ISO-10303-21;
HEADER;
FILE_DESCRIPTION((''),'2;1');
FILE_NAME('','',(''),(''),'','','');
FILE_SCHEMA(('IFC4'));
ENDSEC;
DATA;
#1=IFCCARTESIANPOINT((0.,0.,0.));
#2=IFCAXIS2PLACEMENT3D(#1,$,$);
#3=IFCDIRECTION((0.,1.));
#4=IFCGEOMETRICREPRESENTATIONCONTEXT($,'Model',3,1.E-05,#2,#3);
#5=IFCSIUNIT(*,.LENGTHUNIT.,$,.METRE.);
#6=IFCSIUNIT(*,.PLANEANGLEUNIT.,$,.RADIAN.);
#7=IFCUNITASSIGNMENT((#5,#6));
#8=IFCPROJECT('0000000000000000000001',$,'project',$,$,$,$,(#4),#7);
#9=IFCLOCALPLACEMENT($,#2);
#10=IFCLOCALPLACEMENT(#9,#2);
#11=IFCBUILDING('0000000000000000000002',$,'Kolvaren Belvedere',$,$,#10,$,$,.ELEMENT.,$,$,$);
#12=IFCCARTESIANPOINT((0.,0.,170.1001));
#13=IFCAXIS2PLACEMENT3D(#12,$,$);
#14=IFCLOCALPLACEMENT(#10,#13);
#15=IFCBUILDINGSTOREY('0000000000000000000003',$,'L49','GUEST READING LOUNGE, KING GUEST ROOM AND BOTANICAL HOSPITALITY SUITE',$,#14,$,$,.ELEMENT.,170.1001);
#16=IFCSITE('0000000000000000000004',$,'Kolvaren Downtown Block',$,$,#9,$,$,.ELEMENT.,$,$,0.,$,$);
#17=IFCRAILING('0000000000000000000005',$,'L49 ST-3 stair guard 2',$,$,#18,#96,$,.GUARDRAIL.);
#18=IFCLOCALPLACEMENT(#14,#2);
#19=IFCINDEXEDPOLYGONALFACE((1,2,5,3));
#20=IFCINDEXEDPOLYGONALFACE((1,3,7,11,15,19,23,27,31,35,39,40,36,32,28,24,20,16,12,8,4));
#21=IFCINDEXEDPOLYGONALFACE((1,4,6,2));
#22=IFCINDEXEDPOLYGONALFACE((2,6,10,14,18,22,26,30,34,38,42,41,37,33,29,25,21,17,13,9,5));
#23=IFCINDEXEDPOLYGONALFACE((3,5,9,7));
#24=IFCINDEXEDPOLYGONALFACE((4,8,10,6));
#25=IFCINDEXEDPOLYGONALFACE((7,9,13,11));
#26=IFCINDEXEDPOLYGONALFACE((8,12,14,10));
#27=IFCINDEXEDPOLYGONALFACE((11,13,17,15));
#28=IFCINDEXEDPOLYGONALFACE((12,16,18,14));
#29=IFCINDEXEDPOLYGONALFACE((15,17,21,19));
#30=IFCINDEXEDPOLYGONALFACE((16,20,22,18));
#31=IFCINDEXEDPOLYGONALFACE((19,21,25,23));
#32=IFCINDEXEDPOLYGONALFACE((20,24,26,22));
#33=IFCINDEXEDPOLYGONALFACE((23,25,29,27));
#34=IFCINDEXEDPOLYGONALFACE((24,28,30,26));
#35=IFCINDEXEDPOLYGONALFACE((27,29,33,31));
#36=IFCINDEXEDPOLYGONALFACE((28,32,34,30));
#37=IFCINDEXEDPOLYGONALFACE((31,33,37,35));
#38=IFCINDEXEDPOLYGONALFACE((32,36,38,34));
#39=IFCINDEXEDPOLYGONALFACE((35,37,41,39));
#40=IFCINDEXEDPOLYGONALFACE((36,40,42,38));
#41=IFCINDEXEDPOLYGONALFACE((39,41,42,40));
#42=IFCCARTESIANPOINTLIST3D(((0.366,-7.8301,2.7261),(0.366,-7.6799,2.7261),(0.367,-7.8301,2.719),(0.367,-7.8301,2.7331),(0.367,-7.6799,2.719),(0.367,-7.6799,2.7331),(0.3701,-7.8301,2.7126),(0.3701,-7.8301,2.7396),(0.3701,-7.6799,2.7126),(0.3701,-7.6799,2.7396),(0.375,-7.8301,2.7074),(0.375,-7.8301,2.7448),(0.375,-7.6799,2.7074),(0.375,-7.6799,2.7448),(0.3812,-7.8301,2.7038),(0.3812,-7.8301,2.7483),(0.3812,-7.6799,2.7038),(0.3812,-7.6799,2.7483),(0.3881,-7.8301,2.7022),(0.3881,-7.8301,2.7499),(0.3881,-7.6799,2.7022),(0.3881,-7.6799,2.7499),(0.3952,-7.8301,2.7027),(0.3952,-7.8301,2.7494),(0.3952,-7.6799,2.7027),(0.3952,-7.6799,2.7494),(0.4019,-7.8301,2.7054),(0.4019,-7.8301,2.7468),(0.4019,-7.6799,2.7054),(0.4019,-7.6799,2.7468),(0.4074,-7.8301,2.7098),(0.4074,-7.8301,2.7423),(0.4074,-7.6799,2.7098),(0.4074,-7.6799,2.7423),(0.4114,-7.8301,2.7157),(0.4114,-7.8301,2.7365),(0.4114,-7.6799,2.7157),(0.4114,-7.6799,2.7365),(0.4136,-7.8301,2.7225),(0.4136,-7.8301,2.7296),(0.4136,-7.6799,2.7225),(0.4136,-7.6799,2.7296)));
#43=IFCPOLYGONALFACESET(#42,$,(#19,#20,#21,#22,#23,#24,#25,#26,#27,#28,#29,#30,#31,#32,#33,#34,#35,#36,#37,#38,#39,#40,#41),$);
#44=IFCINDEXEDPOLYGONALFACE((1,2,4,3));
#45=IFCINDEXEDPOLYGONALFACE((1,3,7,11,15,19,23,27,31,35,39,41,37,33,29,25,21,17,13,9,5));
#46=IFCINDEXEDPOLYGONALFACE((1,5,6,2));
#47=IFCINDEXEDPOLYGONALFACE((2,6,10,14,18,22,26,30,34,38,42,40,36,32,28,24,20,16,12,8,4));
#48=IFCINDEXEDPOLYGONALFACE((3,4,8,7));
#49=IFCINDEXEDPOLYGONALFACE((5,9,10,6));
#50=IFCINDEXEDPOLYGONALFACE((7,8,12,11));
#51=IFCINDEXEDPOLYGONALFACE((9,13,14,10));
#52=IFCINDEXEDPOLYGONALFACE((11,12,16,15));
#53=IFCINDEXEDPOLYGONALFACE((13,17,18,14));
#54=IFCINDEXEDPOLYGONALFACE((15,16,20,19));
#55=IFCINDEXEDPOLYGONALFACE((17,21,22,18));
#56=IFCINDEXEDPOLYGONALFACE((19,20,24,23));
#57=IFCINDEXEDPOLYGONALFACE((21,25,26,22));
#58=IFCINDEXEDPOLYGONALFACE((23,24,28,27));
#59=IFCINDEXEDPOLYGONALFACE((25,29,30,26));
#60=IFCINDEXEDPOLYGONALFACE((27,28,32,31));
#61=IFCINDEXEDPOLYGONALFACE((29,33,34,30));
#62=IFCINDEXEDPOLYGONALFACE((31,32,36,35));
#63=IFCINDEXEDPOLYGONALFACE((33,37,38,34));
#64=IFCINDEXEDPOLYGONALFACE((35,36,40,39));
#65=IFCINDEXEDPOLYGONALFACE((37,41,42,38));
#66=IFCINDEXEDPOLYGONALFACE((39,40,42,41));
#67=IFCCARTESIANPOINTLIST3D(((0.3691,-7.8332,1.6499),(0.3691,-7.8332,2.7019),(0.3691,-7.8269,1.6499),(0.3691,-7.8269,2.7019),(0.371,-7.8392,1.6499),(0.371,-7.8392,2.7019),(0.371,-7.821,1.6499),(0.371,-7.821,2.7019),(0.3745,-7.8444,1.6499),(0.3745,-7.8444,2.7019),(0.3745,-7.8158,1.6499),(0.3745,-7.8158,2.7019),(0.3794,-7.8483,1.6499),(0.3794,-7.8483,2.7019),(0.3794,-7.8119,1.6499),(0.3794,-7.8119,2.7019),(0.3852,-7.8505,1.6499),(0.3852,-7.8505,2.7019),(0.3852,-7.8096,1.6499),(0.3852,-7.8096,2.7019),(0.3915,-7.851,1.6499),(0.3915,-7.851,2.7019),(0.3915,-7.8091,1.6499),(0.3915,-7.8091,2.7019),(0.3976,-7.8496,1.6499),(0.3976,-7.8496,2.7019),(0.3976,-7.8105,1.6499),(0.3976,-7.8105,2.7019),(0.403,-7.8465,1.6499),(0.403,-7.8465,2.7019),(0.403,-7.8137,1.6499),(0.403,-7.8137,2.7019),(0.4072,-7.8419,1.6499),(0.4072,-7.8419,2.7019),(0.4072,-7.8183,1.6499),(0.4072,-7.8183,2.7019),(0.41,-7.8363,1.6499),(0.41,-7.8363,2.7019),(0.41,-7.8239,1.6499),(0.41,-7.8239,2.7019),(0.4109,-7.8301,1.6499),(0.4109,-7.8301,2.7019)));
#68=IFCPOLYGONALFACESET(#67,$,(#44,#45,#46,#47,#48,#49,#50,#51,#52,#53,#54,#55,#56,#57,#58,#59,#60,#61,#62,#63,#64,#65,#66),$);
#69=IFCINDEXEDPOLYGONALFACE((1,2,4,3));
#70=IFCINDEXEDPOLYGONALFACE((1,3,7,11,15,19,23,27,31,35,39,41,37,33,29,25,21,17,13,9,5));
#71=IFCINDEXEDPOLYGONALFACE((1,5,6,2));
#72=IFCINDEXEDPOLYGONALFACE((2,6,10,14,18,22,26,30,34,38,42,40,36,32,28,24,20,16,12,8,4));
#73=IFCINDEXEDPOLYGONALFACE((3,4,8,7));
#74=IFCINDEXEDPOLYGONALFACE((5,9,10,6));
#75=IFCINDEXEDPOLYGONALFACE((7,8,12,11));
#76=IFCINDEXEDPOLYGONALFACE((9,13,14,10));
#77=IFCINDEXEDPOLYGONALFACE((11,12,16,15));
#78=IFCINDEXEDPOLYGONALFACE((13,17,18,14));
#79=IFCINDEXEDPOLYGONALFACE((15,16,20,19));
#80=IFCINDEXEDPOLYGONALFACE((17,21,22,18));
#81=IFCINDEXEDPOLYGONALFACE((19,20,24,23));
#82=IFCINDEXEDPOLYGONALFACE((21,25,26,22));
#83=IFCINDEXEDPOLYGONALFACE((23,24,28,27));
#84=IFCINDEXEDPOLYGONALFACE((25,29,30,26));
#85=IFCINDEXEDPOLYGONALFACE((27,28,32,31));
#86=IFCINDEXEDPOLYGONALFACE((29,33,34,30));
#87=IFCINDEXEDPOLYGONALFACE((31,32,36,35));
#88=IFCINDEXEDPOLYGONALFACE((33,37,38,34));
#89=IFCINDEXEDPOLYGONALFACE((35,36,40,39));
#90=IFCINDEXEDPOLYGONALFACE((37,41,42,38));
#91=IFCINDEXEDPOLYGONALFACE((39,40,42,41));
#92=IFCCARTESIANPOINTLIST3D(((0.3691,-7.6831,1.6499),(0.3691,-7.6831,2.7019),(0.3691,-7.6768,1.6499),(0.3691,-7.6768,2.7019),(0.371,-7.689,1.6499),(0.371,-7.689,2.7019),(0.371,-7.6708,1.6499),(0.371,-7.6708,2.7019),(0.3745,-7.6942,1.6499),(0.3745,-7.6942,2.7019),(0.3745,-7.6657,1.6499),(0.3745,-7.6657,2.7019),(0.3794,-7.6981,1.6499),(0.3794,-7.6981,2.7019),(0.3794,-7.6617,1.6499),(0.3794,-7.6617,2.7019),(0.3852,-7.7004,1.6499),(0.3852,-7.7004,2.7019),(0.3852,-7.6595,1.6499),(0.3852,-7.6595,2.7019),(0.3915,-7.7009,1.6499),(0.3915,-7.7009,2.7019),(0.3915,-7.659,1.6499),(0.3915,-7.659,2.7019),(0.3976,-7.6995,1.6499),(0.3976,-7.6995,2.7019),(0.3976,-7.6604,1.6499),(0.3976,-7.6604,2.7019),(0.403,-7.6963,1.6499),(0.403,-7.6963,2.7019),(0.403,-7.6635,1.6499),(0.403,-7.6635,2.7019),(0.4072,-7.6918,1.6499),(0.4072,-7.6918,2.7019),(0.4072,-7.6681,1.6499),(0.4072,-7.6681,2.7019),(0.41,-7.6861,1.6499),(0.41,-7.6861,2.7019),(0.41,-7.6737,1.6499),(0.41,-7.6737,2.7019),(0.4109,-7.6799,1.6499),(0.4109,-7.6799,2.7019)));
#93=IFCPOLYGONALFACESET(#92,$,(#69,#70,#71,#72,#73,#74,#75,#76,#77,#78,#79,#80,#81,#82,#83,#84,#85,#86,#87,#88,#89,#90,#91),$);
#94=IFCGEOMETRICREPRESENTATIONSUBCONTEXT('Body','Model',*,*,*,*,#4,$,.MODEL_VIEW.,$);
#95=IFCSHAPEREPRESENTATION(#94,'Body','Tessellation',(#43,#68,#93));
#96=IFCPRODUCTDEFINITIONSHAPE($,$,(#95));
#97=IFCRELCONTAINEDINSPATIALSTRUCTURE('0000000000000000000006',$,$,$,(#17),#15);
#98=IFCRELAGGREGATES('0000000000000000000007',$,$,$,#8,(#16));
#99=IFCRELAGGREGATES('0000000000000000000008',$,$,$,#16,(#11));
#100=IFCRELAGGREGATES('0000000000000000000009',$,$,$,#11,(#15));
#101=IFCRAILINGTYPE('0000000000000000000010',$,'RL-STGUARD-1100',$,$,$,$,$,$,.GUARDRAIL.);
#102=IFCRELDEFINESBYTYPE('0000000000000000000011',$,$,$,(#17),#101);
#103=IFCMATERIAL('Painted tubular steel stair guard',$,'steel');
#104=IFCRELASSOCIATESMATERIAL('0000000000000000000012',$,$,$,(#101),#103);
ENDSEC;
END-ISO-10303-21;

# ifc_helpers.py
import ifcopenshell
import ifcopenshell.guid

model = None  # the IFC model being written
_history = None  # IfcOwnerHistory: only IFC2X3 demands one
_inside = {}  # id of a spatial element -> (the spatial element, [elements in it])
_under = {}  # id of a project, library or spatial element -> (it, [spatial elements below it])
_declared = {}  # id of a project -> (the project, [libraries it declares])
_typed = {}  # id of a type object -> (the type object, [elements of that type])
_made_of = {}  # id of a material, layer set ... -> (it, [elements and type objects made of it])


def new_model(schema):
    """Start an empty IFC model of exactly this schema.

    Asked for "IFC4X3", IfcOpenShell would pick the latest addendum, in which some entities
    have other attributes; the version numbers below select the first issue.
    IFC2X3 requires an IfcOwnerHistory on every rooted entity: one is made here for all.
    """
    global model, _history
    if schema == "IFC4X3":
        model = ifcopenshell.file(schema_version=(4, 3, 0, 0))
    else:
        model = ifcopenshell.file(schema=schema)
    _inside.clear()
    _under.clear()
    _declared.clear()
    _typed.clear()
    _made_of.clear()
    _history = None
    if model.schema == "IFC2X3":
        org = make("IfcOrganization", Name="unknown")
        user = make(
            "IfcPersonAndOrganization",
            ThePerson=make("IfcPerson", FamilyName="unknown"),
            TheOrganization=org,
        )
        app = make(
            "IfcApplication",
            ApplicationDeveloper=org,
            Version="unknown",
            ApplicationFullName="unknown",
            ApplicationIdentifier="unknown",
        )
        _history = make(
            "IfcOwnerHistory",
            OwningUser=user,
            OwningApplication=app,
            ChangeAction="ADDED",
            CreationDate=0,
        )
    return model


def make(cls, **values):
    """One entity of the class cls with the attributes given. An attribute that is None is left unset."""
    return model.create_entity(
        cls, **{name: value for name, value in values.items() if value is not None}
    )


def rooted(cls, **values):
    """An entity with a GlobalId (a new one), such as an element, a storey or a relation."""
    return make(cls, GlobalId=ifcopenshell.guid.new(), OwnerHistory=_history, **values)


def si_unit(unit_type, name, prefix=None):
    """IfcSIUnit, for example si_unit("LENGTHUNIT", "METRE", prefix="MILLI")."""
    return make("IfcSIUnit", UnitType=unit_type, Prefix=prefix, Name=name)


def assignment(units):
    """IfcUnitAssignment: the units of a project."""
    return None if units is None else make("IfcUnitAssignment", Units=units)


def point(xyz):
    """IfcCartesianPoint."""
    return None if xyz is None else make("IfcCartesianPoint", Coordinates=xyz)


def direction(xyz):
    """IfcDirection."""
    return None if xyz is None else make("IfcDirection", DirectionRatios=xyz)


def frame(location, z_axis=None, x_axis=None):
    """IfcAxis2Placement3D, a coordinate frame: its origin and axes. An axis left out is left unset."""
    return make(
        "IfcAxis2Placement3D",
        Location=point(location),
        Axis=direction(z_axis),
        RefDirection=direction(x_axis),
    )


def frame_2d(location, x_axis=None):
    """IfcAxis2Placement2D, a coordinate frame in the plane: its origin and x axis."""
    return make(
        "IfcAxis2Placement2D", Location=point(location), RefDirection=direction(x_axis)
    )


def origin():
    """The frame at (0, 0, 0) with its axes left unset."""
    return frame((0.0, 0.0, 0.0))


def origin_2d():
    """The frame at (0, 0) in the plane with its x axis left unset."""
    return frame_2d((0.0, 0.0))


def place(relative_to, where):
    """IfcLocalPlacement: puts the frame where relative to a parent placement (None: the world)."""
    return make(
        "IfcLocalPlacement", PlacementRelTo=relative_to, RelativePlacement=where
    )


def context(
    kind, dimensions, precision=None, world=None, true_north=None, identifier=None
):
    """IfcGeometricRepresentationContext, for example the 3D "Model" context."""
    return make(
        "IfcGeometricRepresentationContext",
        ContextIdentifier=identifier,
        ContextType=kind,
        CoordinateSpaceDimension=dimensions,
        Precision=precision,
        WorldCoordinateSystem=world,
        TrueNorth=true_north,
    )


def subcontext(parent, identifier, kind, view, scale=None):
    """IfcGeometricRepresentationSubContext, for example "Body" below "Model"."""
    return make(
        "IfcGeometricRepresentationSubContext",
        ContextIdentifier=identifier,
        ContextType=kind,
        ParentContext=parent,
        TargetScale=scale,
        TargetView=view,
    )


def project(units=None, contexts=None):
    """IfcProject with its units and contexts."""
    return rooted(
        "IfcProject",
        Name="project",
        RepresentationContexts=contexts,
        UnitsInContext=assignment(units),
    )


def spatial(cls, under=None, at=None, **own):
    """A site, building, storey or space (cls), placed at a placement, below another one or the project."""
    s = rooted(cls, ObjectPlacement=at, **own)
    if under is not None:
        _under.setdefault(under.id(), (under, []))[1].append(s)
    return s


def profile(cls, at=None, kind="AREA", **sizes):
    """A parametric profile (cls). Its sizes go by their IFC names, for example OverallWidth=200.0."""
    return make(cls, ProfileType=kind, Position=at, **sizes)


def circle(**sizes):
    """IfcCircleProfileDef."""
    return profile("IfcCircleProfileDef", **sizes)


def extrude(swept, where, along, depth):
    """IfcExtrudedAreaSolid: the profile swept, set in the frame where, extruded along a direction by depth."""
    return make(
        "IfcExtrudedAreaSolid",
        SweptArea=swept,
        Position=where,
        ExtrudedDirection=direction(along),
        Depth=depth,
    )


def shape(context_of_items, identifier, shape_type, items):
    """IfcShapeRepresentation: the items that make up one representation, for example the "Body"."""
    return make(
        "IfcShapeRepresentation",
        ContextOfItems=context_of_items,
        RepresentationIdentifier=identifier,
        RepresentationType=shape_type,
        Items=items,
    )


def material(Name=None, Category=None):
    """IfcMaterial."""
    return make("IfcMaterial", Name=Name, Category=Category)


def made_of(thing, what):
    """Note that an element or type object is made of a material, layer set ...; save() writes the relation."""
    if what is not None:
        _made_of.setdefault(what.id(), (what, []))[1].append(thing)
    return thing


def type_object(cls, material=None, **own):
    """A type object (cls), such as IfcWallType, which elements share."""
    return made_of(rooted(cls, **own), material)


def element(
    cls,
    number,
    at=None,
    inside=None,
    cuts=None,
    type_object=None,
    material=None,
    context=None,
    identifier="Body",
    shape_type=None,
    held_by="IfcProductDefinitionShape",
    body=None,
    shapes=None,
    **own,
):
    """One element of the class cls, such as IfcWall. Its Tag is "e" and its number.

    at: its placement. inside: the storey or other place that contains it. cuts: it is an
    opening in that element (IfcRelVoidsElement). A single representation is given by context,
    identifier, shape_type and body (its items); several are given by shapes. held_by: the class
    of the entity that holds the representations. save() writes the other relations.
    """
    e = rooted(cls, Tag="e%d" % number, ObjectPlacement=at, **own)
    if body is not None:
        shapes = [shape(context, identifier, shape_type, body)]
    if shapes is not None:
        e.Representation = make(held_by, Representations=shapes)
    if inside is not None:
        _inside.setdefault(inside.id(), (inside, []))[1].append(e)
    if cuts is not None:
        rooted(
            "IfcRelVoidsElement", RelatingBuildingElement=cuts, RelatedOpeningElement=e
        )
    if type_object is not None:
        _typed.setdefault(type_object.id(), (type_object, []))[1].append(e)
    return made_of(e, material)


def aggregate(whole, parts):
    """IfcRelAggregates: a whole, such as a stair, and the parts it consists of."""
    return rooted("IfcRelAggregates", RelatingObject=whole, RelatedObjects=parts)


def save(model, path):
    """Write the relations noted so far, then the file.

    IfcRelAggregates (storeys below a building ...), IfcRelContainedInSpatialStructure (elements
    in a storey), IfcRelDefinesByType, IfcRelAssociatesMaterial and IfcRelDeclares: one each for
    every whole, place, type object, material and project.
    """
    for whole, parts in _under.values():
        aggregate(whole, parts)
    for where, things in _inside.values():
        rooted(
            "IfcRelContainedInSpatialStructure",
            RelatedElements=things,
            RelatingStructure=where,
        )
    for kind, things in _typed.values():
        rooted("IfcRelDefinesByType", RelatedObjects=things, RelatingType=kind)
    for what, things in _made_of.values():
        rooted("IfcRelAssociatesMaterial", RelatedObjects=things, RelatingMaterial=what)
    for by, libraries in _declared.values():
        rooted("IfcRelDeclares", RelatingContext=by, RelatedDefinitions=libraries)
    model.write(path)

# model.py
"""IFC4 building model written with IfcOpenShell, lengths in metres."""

from ifc_helpers import new_model, si_unit, direction, frame, origin, origin_2d, place, context, subcontext, project, spatial, circle, extrude, material, type_object, element, save


model = new_model("IFC4")

# Units and contexts
model_context = context("Model", 3, precision=1e-05, world=origin(), true_north=direction((0.0, 1.0)))
body_context = subcontext(model_context, "Body", "Model", "MODEL_VIEW")
ifc_project = project(units=[si_unit("LENGTHUNIT", "METRE"), si_unit("PLANEANGLEUNIT", "RADIAN")], contexts=[model_context])

# Site, building, storey
site_placement = place(None, origin())
site = spatial("IfcSite", under=ifc_project, at=site_placement, Name="Kolvaren Downtown Block", CompositionType="ELEMENT", RefElevation=0.0)
building_placement = place(site_placement, origin())
building = spatial("IfcBuilding", under=site, at=building_placement, Name="Kolvaren Belvedere", CompositionType="ELEMENT")
storey_placement = place(building_placement, frame((0.0, 0.0, 170.1001)))
storey = spatial("IfcBuildingStorey", under=building, at=storey_placement, Name="L49", Description="GUEST READING LOUNGE, KING GUEST ROOM AND BOTANICAL HOSPITALITY SUITE", CompositionType="ELEMENT", Elevation=170.1001)

# Railing
ifc_material_1 = material(Name="Painted tubular steel stair guard", Category="steel")
railing_type_1 = type_object("IfcRailingType", Name="RL-STGUARD-1100", PredefinedType="GUARDRAIL", material=ifc_material_1)
railing_1_placement = place(storey_placement, frame((0.3899, -7.8301, 1.6499)))
element("IfcRailing", 1, at=railing_1_placement, inside=storey, type_object=railing_type_1, Name="L49 ST-3 stair guard 2", PredefinedType="GUARDRAIL", context=body_context, shape_type="SweptSolid", body=[
    extrude(circle(Radius=0.0239, at=origin_2d()), frame((0.0, 0.0, 1.0762), z_axis=(0.0, 1.0, 0.0), x_axis=(-1.0, 0.0, 0.0)), (0.0, 0.0, 1.0), 0.1501),
    extrude(circle(Radius=0.021, at=origin_2d()), origin(), (0.0, 0.0, 1.0), 1.052),
    extrude(circle(Radius=0.021, at=origin_2d()), frame((0.0, 0.1501, 0.0)), (0.0, 0.0, 1.0), 1.052),
])

save(model, "model.ifc")
